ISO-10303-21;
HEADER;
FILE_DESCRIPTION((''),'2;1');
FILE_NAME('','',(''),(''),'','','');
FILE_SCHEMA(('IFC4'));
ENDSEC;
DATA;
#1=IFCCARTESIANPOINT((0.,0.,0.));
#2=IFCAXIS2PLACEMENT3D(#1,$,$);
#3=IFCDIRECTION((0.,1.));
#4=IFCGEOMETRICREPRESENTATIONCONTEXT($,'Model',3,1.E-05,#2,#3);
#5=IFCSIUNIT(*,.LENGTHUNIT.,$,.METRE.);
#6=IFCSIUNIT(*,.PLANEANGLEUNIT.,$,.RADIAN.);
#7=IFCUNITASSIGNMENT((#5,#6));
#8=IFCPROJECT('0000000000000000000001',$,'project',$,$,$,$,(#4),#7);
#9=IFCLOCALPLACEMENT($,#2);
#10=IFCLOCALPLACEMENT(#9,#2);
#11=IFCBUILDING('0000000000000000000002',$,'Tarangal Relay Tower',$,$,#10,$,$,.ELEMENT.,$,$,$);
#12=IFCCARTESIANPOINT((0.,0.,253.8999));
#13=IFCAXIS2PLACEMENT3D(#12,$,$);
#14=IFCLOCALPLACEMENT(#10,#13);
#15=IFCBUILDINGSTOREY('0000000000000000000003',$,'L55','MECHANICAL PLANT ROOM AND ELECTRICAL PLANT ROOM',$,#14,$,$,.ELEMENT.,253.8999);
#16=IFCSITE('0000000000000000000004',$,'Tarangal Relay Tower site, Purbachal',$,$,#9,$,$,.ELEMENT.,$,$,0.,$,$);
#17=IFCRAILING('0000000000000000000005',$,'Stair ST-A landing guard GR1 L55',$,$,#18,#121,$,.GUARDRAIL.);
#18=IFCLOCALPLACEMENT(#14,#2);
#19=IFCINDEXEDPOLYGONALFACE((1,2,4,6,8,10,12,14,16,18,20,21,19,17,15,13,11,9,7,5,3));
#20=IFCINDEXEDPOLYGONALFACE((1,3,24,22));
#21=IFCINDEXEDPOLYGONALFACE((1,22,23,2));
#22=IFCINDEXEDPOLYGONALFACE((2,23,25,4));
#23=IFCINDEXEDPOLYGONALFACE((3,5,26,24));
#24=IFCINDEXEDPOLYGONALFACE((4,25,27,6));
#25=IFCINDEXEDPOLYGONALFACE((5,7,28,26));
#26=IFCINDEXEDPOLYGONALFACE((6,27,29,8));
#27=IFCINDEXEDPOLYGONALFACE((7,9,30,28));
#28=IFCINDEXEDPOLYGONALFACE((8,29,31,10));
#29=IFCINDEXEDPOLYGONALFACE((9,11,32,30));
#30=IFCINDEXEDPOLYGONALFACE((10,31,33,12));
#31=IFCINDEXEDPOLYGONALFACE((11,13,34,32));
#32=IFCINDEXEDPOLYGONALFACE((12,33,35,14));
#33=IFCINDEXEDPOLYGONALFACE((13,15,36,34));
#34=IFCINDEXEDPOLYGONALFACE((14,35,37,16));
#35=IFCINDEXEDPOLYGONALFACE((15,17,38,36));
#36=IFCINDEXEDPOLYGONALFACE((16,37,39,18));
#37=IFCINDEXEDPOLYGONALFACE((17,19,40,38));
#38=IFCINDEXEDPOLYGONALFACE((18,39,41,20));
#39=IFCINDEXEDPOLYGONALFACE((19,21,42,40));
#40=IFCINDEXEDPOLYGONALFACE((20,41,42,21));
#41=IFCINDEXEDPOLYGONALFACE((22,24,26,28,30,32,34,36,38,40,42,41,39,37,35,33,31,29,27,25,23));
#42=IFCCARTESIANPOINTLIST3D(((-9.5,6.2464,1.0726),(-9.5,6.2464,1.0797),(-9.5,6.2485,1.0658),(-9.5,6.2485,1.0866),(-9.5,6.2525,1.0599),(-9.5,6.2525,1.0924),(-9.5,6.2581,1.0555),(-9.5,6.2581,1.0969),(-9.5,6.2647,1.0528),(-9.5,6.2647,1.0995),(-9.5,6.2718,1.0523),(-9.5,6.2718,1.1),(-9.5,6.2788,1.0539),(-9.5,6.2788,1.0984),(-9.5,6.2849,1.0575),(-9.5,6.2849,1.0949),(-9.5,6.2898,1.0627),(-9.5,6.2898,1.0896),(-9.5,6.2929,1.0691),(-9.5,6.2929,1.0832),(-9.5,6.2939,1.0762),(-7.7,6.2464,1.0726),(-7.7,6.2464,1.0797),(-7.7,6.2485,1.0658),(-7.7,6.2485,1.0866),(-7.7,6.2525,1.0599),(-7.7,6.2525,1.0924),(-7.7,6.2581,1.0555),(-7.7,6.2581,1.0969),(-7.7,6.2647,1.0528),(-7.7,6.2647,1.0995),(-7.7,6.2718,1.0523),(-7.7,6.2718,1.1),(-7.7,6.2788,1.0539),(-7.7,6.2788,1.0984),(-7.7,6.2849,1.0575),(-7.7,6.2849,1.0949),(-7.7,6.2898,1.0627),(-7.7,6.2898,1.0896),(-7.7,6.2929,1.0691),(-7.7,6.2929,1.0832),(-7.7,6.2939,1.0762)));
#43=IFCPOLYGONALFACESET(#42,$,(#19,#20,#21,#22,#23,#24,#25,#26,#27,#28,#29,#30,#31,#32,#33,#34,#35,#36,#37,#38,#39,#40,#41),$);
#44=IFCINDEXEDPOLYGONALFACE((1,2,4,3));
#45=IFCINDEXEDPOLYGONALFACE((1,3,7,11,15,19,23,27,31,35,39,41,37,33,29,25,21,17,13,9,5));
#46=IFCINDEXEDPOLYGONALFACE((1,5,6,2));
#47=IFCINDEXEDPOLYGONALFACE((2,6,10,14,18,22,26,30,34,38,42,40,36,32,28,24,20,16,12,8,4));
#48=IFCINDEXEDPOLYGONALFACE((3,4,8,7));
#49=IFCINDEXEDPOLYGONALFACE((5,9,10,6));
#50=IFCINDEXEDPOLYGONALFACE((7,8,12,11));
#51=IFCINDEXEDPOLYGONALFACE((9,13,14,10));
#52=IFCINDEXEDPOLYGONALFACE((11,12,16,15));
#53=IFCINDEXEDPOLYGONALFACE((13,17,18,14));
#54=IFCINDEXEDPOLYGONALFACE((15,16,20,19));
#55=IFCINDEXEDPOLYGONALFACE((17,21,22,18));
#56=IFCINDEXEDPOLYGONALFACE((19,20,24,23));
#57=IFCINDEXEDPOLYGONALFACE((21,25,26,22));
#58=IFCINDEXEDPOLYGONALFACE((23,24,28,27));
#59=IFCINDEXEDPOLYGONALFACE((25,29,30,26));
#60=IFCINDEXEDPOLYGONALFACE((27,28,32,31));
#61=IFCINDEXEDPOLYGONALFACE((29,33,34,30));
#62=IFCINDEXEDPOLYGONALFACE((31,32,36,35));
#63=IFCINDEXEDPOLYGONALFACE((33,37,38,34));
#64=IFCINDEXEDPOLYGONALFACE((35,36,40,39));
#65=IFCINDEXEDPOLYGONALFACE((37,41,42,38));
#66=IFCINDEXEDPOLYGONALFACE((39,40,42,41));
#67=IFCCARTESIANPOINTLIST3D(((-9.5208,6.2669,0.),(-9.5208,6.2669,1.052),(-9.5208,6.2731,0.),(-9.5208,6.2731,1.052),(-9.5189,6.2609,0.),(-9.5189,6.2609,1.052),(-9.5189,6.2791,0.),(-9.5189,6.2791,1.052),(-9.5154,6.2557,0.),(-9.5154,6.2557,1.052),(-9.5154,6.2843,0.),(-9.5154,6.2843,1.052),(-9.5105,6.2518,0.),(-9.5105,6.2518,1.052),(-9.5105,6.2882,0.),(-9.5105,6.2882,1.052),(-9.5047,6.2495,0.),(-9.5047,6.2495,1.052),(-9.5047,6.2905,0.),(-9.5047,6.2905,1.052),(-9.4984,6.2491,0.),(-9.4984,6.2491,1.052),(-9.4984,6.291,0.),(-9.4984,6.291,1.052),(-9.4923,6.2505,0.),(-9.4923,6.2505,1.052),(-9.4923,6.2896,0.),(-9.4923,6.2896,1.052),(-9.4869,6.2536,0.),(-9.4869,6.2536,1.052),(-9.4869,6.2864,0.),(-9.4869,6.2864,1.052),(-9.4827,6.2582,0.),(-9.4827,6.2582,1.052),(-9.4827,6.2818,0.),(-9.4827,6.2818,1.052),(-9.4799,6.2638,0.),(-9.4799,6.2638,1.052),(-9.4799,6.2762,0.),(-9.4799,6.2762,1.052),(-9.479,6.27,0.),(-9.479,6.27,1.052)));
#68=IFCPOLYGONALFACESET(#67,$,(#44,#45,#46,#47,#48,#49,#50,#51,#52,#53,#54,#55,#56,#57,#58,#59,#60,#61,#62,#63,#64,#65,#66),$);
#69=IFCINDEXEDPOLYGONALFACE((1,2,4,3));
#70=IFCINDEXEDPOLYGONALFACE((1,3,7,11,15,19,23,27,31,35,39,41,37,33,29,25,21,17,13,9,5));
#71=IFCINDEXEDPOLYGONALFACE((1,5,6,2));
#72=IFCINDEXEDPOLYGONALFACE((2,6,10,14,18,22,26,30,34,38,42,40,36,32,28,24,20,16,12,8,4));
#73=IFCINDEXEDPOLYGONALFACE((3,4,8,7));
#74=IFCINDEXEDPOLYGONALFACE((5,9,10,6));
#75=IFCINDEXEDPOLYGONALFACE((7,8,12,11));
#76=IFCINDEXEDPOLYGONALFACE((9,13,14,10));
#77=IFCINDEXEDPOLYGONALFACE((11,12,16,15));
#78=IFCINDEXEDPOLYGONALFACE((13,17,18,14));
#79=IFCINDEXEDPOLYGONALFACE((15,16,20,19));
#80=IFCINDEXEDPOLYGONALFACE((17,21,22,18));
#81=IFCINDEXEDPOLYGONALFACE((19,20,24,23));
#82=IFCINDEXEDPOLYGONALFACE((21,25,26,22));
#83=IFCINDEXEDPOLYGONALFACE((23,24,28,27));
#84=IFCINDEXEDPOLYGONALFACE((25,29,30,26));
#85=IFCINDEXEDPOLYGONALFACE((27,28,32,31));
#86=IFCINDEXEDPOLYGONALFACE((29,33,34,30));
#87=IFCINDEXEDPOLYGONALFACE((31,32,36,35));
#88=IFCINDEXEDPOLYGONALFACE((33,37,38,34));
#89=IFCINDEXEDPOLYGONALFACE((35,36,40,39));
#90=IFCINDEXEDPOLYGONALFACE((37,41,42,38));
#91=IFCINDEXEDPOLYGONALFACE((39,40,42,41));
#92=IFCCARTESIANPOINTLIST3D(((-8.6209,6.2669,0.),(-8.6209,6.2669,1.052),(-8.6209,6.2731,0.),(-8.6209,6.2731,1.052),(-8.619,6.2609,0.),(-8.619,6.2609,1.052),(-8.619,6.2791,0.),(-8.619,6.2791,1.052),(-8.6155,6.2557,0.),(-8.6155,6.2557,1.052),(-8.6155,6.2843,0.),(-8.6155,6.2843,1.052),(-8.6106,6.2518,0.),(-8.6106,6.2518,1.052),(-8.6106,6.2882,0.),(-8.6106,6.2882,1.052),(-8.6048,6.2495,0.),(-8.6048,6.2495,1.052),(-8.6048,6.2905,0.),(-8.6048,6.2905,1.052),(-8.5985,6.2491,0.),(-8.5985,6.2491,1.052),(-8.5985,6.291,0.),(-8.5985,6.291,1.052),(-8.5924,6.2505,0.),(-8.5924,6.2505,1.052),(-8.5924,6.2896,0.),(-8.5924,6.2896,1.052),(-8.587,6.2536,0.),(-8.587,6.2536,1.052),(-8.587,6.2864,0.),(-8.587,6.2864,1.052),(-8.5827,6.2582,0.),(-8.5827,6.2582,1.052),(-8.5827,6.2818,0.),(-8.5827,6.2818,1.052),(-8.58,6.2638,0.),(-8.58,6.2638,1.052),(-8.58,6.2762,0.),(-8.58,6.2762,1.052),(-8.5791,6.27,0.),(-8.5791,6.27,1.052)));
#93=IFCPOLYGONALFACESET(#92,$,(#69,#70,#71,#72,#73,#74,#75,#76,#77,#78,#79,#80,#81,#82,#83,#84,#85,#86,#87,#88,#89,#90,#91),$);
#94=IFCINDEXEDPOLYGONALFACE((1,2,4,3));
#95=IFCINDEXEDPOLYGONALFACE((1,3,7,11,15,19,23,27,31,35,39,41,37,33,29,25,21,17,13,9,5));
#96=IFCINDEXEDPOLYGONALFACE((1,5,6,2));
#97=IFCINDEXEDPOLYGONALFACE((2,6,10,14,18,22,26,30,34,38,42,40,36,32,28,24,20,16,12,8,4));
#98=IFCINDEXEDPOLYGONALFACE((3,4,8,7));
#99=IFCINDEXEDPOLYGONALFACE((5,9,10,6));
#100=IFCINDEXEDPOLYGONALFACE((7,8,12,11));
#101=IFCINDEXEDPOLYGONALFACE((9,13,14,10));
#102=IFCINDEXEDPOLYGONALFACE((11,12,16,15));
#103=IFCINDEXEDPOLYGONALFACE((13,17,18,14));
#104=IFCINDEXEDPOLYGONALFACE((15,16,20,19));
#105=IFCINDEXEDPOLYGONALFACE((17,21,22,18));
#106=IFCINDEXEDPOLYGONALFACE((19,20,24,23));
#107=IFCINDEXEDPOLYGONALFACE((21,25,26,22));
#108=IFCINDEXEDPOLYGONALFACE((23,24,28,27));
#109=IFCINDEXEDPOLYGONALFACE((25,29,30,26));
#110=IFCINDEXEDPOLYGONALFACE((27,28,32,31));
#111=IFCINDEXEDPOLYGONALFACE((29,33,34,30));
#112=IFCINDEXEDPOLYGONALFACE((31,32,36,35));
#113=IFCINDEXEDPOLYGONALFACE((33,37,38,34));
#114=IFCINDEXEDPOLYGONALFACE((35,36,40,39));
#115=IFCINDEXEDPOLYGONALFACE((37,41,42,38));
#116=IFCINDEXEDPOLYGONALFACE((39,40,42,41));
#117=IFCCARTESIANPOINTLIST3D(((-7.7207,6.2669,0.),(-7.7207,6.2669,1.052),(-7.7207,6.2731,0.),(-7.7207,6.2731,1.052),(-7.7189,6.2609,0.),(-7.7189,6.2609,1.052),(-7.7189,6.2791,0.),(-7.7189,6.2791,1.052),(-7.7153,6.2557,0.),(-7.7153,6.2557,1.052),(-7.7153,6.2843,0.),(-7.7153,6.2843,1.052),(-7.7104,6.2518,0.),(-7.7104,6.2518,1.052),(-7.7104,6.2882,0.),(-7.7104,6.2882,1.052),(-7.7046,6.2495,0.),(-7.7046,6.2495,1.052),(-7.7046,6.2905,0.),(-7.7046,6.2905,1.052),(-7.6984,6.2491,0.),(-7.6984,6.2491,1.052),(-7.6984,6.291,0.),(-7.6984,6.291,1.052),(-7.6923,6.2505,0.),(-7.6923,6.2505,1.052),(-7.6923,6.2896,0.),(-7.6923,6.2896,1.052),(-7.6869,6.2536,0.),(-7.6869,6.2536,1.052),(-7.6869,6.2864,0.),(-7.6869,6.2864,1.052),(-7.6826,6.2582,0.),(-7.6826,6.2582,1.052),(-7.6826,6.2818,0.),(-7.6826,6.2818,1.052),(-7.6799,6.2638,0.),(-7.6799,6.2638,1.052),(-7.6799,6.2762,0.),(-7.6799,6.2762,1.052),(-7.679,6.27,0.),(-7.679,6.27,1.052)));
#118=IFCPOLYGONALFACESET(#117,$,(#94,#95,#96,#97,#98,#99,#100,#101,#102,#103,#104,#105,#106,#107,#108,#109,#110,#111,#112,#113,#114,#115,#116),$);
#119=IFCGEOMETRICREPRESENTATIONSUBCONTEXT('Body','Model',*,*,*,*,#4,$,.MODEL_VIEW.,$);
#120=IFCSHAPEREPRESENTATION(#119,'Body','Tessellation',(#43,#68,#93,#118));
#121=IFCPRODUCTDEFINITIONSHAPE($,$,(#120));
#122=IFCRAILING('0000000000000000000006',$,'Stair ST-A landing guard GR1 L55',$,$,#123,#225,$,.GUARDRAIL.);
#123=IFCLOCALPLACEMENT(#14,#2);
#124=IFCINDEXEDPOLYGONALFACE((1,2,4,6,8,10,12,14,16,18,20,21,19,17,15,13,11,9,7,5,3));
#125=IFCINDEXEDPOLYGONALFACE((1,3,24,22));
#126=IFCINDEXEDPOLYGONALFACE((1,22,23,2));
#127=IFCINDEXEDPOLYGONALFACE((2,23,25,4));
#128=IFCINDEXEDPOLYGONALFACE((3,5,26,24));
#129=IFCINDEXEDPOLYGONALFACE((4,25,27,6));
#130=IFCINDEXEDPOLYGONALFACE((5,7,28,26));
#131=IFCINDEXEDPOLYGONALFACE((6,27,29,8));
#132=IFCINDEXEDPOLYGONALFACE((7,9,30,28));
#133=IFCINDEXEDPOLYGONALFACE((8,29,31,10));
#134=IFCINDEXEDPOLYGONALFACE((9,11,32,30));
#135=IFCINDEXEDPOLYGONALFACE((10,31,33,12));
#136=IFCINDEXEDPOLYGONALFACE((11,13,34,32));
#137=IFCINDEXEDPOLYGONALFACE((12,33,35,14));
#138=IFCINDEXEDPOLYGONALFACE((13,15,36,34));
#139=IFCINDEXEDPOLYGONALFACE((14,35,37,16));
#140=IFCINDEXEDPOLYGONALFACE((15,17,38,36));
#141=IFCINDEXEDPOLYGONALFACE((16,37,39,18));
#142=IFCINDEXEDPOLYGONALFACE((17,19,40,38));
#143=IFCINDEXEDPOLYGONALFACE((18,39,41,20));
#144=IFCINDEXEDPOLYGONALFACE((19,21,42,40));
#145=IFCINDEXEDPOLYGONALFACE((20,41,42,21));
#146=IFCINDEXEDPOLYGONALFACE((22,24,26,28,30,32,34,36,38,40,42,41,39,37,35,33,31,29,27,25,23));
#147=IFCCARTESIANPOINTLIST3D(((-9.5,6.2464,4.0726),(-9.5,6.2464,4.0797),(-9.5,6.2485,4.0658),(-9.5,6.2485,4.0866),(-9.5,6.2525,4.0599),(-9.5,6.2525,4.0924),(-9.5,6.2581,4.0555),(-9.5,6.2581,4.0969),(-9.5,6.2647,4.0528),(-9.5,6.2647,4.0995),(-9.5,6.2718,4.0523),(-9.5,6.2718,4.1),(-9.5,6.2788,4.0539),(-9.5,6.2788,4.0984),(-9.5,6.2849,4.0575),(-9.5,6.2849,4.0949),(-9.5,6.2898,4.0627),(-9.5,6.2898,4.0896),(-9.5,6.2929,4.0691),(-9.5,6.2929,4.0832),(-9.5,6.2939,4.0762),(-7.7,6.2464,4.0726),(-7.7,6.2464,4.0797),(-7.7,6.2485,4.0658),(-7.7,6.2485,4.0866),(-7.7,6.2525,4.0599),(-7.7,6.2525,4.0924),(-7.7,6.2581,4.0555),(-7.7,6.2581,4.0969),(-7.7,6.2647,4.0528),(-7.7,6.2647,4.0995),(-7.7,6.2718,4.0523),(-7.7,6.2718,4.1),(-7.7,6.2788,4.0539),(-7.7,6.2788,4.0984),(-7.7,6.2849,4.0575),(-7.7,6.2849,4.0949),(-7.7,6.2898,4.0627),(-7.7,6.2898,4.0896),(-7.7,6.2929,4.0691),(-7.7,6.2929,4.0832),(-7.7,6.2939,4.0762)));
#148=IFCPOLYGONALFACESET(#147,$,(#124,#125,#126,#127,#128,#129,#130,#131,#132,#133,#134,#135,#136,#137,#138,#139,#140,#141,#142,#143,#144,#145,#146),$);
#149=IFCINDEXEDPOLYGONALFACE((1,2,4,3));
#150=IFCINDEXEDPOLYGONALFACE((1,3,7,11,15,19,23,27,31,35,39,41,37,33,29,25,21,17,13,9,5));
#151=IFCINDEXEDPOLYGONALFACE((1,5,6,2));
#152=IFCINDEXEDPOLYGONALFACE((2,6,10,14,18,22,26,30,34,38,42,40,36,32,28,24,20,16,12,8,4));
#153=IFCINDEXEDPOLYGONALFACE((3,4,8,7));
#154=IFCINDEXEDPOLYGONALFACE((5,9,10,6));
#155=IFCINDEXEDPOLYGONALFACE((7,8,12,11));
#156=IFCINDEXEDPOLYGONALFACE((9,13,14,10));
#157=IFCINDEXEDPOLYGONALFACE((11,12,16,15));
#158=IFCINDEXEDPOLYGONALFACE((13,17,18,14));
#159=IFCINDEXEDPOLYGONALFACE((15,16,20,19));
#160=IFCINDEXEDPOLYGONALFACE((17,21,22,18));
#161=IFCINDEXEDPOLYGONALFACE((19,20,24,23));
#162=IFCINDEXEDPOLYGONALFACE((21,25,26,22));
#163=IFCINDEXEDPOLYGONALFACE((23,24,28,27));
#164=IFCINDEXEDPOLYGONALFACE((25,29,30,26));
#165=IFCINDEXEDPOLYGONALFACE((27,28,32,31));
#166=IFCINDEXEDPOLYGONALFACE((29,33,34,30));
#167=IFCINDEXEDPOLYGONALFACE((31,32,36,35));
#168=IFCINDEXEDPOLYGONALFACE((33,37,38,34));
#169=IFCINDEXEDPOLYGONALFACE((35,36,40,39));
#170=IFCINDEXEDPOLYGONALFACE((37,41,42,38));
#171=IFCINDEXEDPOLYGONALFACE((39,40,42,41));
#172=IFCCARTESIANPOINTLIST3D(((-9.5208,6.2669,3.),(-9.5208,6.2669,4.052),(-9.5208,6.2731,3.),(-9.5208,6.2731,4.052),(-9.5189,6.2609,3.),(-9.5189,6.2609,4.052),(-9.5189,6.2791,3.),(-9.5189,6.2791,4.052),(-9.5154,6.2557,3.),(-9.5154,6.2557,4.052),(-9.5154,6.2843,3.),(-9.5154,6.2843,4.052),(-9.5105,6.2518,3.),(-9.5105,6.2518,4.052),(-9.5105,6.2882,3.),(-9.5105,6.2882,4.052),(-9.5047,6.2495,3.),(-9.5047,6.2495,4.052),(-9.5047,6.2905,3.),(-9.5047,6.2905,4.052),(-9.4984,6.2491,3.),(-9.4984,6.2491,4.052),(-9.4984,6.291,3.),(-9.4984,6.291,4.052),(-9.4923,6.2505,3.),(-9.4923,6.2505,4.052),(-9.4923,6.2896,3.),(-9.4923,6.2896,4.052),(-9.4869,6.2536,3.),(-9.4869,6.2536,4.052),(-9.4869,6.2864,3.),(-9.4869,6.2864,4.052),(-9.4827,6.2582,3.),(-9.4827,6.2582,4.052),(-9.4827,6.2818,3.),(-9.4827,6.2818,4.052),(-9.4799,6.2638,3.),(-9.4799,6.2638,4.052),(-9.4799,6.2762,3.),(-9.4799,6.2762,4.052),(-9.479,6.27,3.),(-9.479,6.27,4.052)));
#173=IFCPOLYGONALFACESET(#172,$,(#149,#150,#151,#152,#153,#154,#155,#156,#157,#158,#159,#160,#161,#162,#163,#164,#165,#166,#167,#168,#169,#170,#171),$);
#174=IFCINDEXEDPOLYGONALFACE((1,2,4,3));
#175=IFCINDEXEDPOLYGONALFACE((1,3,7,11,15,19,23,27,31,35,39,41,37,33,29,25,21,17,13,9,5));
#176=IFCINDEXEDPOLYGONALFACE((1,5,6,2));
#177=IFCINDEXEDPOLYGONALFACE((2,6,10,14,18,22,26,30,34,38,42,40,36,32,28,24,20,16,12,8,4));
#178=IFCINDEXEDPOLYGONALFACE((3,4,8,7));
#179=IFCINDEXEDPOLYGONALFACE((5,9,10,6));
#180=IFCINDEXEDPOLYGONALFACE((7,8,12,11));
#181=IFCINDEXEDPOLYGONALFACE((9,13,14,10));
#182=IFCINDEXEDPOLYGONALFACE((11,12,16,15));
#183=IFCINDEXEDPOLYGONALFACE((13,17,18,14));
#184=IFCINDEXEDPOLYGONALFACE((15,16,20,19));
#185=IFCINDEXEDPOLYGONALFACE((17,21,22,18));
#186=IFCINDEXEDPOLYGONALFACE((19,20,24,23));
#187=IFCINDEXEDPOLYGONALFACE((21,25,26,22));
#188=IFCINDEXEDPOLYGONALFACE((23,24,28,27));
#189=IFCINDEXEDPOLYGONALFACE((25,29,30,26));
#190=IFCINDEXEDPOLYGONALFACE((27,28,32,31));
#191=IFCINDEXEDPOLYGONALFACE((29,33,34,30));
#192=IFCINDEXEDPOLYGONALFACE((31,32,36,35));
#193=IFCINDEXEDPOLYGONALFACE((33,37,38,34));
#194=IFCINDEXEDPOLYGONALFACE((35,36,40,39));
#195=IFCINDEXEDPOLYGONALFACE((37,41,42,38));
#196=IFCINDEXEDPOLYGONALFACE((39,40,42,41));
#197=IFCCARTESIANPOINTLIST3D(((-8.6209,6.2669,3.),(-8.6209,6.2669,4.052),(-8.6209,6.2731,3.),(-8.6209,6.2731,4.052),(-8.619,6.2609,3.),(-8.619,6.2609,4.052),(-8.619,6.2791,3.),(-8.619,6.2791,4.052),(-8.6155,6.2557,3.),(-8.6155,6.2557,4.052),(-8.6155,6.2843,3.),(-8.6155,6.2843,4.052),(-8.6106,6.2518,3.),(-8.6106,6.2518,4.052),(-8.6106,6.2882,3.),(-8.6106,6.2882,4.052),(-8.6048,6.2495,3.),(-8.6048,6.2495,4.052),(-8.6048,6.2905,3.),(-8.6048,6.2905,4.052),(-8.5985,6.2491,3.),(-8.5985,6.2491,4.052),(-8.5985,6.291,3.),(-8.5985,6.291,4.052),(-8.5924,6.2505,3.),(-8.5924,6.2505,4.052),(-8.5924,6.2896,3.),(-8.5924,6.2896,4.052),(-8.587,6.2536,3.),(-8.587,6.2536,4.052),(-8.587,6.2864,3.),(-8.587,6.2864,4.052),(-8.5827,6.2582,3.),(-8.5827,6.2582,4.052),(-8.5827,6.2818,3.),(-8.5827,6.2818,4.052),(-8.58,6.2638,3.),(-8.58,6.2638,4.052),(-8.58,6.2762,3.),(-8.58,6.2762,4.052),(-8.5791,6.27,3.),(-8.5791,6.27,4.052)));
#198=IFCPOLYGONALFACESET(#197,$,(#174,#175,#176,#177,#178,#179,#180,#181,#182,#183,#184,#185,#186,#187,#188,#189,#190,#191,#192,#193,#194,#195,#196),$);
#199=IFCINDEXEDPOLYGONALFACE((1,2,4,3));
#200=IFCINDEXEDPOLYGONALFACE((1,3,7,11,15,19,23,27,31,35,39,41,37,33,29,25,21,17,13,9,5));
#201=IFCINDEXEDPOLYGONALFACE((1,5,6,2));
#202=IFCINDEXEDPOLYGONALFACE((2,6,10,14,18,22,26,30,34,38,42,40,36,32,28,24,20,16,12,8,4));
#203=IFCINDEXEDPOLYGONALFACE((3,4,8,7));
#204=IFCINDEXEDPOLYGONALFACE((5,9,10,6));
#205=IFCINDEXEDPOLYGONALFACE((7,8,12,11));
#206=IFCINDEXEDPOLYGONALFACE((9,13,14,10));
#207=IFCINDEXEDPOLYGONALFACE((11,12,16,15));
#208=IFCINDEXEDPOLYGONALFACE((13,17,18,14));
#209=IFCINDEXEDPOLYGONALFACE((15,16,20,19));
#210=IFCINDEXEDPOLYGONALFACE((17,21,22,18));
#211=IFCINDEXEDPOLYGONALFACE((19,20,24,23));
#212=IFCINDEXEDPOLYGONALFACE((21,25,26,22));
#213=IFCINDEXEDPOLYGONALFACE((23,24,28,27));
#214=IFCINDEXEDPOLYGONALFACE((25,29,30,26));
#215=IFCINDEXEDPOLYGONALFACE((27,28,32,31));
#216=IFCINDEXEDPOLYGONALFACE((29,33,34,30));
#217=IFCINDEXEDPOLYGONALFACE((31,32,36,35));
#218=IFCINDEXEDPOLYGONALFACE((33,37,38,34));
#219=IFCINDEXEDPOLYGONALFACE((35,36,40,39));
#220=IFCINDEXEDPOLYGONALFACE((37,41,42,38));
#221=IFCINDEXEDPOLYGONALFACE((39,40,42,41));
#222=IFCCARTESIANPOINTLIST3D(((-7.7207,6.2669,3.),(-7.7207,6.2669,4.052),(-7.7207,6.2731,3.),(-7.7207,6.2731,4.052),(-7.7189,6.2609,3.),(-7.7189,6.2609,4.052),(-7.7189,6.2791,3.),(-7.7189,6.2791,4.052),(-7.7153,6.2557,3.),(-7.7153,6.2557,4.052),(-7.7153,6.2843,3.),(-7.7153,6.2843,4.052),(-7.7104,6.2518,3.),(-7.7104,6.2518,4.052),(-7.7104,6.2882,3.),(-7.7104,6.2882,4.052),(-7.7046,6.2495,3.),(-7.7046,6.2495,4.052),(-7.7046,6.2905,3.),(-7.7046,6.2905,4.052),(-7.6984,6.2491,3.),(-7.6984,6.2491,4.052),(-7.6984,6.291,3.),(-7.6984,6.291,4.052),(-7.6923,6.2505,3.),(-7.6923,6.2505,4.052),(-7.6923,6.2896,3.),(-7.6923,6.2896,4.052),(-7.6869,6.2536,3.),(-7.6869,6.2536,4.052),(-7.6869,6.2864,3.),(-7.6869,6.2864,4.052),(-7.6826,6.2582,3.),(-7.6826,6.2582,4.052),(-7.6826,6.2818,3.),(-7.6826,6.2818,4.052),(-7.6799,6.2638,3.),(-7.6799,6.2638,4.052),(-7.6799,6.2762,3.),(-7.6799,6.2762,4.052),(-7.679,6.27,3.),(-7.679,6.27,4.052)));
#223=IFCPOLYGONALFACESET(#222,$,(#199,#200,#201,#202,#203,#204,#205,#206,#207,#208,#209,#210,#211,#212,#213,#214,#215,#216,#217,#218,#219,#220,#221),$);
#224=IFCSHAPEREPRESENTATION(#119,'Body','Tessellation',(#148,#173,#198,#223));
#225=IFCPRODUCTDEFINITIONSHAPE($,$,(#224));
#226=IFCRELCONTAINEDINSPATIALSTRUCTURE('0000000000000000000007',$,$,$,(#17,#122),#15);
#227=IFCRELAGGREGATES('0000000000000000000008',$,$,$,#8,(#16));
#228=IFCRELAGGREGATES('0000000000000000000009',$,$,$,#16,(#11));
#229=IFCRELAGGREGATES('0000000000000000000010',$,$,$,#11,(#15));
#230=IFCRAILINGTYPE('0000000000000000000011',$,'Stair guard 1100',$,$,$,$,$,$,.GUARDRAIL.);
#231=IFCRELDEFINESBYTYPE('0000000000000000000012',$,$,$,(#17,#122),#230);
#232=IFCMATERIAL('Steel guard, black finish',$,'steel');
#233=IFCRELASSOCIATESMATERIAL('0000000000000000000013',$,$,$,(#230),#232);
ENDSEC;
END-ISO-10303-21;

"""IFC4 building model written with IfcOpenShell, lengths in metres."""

from ifc_helpers import new_model, si_unit, direction, frame, origin, origin_2d, place, context, subcontext, project, spatial, circle, extrude, material, type_object, element, save


model = new_model("IFC4")

# Units and contexts
model_context = context("Model", 3, precision=1e-05, world=origin(), true_north=direction((0.0, 1.0)))
body_context = subcontext(model_context, "Body", "Model", "MODEL_VIEW")
ifc_project = project(units=[si_unit("LENGTHUNIT", "METRE"), si_unit("PLANEANGLEUNIT", "RADIAN")], contexts=[model_context])

# Site, building, storey
site_placement = place(None, origin())
site = spatial("IfcSite", under=ifc_project, at=site_placement, Name="Tarangal Relay Tower site, Purbachal", CompositionType="ELEMENT", RefElevation=0.0)
building_placement = place(site_placement, origin())
building = spatial("IfcBuilding", under=site, at=building_placement, Name="Tarangal Relay Tower", CompositionType="ELEMENT")
storey_placement = place(building_placement, frame((0.0, 0.0, 253.8999)))
storey = spatial("IfcBuildingStorey", under=building, at=storey_placement, Name="L55", Description="MECHANICAL PLANT ROOM AND ELECTRICAL PLANT ROOM", CompositionType="ELEMENT", Elevation=253.8999)

# Railings
ifc_material_1 = material(Name="Steel guard, black finish", Category="steel")
railing_type_1 = type_object("IfcRailingType", Name="Stair guard 1100", PredefinedType="GUARDRAIL", material=ifc_material_1)
for number, where, name in (
    (1, (-9.5, 6.27, 0.0), "Stair ST-A landing guard GR1 L55"),
    (2, (-9.5, 6.27, 3.0), "Stair ST-A landing guard GR1 L55"),
):
    element("IfcRailing", number, at=place(storey_placement, frame(where)), inside=storey, type_object=railing_type_1, Name=name, PredefinedType="GUARDRAIL", context=body_context, shape_type="SweptSolid", body=[
        extrude(circle(Radius=0.0239, at=origin_2d()), frame((0.0, 0.0, 1.0762), z_axis=(1.0, 0.0, 0.0), x_axis=(0.0, 1.0, 0.0)), (0.0, 0.0, 1.0), 1.8),
        extrude(circle(Radius=0.021, at=origin_2d()), origin(), (0.0, 0.0, 1.0), 1.052),
        extrude(circle(Radius=0.021, at=origin_2d()), frame((0.8999, 0.0, 0.0)), (0.0, 0.0, 1.0), 1.052),
        extrude(circle(Radius=0.021, at=origin_2d()), frame((1.8, 0.0, 0.0)), (0.0, 0.0, 1.0), 1.052),
    ])

save(model, "model.ifc")
